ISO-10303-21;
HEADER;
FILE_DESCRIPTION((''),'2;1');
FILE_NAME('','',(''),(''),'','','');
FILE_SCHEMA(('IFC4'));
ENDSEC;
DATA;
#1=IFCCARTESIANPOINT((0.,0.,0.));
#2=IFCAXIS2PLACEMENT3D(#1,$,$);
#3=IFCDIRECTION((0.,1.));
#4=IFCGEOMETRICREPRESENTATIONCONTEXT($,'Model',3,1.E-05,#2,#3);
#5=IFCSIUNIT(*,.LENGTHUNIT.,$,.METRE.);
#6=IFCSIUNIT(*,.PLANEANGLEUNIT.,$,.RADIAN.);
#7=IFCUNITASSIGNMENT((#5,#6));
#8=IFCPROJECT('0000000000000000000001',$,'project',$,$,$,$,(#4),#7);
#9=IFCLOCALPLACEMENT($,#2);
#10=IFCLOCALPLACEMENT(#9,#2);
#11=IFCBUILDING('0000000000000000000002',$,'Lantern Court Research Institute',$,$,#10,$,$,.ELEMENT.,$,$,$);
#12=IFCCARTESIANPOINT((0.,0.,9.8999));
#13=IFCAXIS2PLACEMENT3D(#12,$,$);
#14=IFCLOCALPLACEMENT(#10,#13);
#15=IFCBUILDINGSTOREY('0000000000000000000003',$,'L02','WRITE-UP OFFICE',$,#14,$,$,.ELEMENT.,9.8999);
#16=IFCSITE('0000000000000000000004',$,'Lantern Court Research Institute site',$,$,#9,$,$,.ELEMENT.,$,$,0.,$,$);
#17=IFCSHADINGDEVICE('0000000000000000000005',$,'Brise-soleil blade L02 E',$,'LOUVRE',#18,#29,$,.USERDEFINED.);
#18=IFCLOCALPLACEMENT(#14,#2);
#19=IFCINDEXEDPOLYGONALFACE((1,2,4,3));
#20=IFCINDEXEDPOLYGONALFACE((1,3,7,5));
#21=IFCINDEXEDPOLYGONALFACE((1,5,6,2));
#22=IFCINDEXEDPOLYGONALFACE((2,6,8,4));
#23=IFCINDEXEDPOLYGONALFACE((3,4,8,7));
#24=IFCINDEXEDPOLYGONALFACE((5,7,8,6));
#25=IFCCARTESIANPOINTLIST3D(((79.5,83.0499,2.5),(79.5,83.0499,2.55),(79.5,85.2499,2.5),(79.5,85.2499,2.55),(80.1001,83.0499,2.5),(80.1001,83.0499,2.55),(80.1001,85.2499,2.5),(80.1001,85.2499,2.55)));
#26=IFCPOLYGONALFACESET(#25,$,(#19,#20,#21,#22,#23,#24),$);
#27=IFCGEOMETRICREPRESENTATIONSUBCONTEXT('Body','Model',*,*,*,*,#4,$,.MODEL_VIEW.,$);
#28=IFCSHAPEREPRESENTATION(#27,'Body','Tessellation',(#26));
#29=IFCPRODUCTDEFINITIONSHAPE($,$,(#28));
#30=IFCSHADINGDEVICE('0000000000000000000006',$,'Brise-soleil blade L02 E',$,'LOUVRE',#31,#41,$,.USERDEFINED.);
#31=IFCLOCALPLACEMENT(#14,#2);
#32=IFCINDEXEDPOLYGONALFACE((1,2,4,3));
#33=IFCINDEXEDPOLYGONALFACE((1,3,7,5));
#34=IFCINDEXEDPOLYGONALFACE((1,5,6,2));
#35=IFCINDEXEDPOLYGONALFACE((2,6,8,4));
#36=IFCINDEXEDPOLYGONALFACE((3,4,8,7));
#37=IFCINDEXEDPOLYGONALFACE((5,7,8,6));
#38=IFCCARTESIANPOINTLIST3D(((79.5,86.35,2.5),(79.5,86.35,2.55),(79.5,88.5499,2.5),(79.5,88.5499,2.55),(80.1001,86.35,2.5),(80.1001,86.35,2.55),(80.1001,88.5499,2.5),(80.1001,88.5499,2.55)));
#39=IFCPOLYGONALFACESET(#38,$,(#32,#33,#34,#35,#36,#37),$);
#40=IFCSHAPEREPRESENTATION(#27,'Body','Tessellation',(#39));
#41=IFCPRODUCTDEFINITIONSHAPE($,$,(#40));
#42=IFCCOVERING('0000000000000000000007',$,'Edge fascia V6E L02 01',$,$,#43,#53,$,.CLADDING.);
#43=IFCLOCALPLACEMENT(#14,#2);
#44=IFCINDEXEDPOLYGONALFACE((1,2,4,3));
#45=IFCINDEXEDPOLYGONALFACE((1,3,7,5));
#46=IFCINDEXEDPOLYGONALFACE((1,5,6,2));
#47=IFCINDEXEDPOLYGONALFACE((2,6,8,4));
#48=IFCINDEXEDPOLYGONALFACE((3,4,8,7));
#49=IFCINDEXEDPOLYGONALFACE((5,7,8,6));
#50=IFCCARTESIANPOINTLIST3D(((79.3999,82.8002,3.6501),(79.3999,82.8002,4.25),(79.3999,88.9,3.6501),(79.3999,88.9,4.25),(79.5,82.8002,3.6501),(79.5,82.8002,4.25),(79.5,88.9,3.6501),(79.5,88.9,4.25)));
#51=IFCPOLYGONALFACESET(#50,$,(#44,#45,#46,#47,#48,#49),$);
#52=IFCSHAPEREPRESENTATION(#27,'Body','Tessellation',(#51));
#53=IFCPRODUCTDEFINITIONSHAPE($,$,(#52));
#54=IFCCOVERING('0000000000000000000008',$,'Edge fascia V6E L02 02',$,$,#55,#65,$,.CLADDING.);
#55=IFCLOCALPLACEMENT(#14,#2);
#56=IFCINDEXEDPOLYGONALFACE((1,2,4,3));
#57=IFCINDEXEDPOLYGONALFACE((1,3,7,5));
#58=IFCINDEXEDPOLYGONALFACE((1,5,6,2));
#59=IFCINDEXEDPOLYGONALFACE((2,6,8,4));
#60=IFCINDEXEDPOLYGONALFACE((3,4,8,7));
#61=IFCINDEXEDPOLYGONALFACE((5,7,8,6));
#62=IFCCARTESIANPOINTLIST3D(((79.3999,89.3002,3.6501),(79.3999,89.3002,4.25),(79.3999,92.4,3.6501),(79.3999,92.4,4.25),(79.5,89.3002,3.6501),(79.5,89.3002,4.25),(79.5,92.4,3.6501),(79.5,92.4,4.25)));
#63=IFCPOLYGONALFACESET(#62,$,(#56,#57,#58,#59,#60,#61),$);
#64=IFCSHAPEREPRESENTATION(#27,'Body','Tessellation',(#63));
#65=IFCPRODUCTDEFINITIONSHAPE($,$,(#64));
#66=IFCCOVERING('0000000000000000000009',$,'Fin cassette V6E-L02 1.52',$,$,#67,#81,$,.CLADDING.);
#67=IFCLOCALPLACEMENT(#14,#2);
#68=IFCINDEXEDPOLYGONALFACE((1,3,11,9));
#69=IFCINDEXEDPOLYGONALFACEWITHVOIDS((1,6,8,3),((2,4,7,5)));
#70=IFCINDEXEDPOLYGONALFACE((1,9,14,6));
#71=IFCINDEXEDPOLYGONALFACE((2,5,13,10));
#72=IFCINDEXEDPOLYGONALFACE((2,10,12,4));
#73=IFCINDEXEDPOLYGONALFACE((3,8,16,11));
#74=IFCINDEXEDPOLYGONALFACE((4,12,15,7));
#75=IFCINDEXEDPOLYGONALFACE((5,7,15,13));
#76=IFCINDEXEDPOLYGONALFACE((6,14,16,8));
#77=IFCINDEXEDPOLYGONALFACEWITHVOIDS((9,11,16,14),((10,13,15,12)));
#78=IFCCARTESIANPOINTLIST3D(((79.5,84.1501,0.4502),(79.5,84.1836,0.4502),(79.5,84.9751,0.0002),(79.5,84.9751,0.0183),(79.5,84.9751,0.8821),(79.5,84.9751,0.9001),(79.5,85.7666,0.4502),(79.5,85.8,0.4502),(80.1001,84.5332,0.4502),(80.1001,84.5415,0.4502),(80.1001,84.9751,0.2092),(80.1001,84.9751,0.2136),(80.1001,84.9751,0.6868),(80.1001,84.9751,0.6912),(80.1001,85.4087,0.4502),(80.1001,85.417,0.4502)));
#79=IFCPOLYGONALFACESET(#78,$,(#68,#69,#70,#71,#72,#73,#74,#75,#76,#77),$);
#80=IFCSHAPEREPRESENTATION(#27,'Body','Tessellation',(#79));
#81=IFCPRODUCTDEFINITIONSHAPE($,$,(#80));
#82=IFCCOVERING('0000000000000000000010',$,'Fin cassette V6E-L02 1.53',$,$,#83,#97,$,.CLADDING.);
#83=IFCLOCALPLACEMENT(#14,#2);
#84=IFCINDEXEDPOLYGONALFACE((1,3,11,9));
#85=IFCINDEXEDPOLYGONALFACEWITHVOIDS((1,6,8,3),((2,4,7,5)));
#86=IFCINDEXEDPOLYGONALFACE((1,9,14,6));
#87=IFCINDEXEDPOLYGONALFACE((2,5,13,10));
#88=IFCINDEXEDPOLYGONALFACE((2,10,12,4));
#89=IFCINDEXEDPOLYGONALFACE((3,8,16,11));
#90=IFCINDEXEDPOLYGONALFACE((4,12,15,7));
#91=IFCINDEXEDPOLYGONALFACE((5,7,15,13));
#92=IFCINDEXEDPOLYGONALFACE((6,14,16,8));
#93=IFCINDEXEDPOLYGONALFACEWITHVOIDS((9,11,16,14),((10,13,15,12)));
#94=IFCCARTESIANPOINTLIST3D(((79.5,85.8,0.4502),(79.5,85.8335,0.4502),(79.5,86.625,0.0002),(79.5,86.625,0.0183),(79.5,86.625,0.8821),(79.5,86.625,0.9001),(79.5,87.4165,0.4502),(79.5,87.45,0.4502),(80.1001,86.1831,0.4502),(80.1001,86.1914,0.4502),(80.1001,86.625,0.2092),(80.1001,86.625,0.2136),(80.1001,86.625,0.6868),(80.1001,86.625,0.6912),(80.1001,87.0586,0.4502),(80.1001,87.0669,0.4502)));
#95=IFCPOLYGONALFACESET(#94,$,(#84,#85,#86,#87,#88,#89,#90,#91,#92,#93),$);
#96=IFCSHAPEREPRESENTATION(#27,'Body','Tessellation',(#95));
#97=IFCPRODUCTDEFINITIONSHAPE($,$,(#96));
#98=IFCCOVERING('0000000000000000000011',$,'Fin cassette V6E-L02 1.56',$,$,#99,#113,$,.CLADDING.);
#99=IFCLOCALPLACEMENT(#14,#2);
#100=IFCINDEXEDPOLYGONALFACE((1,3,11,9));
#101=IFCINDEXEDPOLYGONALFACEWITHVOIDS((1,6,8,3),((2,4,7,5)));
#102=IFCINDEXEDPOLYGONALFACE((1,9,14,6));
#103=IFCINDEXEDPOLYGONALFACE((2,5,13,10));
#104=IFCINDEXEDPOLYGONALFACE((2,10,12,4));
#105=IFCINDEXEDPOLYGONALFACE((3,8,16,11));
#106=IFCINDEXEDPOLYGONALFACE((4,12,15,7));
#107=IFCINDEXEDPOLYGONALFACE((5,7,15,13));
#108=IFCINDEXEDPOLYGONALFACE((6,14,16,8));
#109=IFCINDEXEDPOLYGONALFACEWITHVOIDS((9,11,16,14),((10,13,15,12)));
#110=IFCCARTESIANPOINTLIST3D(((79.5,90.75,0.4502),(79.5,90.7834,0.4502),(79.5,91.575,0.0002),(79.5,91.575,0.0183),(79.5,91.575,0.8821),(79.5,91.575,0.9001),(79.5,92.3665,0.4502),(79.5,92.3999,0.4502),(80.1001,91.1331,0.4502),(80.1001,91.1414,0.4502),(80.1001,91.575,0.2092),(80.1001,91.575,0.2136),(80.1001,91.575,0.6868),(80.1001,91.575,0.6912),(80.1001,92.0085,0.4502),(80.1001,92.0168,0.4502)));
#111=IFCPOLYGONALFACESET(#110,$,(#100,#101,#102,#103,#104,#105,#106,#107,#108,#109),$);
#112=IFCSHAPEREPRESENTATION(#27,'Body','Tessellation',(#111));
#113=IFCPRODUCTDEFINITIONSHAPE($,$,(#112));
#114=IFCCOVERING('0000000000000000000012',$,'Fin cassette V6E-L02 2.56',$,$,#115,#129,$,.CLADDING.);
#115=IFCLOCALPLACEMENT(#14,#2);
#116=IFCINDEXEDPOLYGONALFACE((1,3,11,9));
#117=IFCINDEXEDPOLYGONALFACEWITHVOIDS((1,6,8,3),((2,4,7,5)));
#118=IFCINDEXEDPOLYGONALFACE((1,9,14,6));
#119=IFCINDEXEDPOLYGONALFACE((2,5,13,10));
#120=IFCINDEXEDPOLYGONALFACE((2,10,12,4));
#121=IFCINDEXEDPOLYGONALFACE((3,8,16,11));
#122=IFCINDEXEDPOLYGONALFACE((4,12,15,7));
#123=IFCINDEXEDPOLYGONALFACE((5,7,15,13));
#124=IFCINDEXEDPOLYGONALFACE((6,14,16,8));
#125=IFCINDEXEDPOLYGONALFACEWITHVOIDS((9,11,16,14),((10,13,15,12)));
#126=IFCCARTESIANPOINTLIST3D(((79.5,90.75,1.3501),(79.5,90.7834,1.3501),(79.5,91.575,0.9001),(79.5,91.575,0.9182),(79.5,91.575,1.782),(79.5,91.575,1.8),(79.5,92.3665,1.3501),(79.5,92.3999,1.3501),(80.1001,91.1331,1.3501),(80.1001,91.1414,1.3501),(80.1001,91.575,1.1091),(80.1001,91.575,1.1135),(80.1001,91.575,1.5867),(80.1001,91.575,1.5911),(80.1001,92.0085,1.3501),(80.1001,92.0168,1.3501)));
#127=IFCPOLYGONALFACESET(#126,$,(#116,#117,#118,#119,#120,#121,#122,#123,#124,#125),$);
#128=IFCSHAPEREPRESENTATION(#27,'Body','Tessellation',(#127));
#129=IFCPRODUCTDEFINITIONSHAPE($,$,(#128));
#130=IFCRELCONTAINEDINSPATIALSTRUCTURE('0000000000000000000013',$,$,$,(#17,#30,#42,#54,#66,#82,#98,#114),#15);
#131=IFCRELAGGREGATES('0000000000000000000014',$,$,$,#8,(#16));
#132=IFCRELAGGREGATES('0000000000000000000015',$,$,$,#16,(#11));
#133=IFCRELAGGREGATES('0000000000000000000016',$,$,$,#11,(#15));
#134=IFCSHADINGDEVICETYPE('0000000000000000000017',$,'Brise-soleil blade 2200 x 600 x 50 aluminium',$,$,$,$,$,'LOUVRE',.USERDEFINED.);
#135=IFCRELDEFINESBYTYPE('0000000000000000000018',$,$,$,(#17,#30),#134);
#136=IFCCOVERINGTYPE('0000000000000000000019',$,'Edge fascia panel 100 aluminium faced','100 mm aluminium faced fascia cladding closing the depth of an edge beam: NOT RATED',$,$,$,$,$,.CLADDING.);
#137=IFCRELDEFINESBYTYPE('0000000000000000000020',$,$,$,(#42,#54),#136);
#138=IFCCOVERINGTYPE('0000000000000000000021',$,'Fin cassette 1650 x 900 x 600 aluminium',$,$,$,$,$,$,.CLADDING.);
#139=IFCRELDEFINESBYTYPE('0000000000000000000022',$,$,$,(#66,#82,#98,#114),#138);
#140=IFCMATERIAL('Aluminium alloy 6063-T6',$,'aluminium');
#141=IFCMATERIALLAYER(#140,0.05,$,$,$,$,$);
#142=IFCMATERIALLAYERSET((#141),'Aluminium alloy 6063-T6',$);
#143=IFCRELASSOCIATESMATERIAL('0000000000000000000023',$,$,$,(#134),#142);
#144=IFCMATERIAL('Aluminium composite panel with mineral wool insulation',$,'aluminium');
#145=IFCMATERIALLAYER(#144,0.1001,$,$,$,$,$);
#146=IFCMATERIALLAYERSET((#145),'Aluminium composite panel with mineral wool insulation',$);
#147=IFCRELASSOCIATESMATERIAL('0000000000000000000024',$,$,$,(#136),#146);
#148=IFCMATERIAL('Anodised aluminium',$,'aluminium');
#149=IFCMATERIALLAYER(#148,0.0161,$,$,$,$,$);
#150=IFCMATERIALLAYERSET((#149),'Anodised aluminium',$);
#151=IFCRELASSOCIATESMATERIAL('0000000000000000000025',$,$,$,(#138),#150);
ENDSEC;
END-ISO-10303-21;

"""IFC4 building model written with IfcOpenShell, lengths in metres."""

from ifc_helpers import new_model, entity, si_unit, direction, frame, frame_2d, origin, origin_2d, place, context, subcontext, project, spatial, rectangle, extrude, material, layer, layer_set, type_object, element, save


model = new_model("IFC4")

# Units and contexts
model_context = context("Model", 3, precision=1e-05, world=origin(), true_north=direction((0.0, 1.0)))
body_context = subcontext(model_context, "Body", "Model", "MODEL_VIEW")
ifc_project = project(units=[si_unit("LENGTHUNIT", "METRE"), si_unit("PLANEANGLEUNIT", "RADIAN")], contexts=[model_context])

# Site, building, storey
site_placement = place(None, origin())
site = spatial("IfcSite", under=ifc_project, at=site_placement, Name="Lantern Court Research Institute site", CompositionType="ELEMENT", RefElevation=0.0)
building_placement = place(site_placement, origin())
building = spatial("IfcBuilding", under=site, at=building_placement, Name="Lantern Court Research Institute", CompositionType="ELEMENT")
storey_placement = place(building_placement, frame((0.0, 0.0, 9.8999)))
storey = spatial("IfcBuildingStorey", under=building, at=storey_placement, Name="L02", Description="WRITE-UP OFFICE", CompositionType="ELEMENT", Elevation=9.8999)

# Shading devices
ifc_material_1 = material(Name="Aluminium alloy 6063-T6", Category="aluminium")
ifc_layer_1 = layer(ifc_material_1, 0.05)
ifc_layer_set_1 = layer_set([ifc_layer_1], Name="Aluminium alloy 6063-T6")
shading_device_type_1 = type_object("IfcShadingDeviceType", Name="Brise-soleil blade 2200 x 600 x 50 aluminium", ElementType="LOUVRE", PredefinedType="USERDEFINED", material=ifc_layer_set_1)
for number, where, z_axis, x_axis, name in (
    (1, (79.8, 84.1499, 2.5), (0.0, 0.0, 1.0), (0.0, -1.0, 0.0), "Brise-soleil blade L02 E"),
    (2, (79.8, 87.45, 2.5), (0.0, 0.0, 1.0), (0.0, -1.0, 0.0), "Brise-soleil blade L02 E"),
):
    element("IfcShadingDevice", number, at=place(storey_placement, frame(where, z_axis=z_axis, x_axis=x_axis)), inside=storey, type_object=shading_device_type_1, Name=name, ObjectType="LOUVRE", PredefinedType="USERDEFINED", context=body_context, shape_type="SweptSolid", body=[
        extrude(rectangle(XDim=2.2, YDim=0.6001, at=origin_2d()), origin(), (0.0, 0.0, 1.0), 0.05),
    ])

# Coverings
ifc_material_2 = material(Name="Aluminium composite panel with mineral wool insulation", Category="aluminium")
ifc_layer_2 = layer(ifc_material_2, 0.1001)
ifc_layer_set_2 = layer_set([ifc_layer_2], Name="Aluminium composite panel with mineral wool insulation")
covering_type_1 = type_object("IfcCoveringType", Name="Edge fascia panel 100 aluminium faced", Description="100 mm aluminium faced fascia cladding closing the depth of an edge beam: NOT RATED", PredefinedType="CLADDING", material=ifc_layer_set_2)
covering_1_placement = place(storey_placement, frame((79.45, 88.8999, 3.6501), z_axis=(0.0, 0.0, 1.0), x_axis=(0.0, -1.0, 0.0)))
element("IfcCovering", 3, at=covering_1_placement, inside=storey, type_object=covering_type_1, Name="Edge fascia V6E L02 01", PredefinedType="CLADDING", context=body_context, shape_type="SweptSolid", body=[
    extrude(rectangle(XDim=6.0999, YDim=0.1001, at=frame_2d((3.0498, 0.0))), origin(), (0.0, 0.0, 1.0), 0.5999),
])
covering_2_placement = place(storey_placement, frame((79.45, 92.3999, 3.6501), z_axis=(0.0, 0.0, 1.0), x_axis=(0.0, -1.0, 0.0)))
element("IfcCovering", 4, at=covering_2_placement, inside=storey, type_object=covering_type_1, Name="Edge fascia V6E L02 02", PredefinedType="CLADDING", context=body_context, shape_type="SweptSolid", body=[
    extrude(rectangle(XDim=3.0999, YDim=0.1001, at=frame_2d((1.5498, 0.0))), origin(), (0.0, 0.0, 1.0), 0.5999),
])
ifc_material_3 = material(Name="Anodised aluminium", Category="aluminium")
ifc_layer_3 = layer(ifc_material_3, 0.0161)
ifc_layer_set_3 = layer_set([ifc_layer_3], Name="Anodised aluminium")
covering_type_2 = type_object("IfcCoveringType", Name="Fin cassette 1650 x 900 x 600 aluminium", PredefinedType="CLADDING", material=ifc_layer_set_3)
covering_3_placement = place(storey_placement, frame((79.5, 84.9751, 0.4502), z_axis=(1.0, 0.0, 0.0), x_axis=(0.0, 1.0, 0.0)))
cartesian_point_1 = entity("IfcCartesianPoint", [0.825, 0.0])
cartesian_point_2 = entity("IfcCartesianPoint", [0.7915, 0.0])
cartesian_point_3 = entity("IfcCartesianPoint", [0.4419, 0.0])
cartesian_point_4 = entity("IfcCartesianPoint", [0.4336, 0.0])
element("IfcCovering", 5, at=covering_3_placement, inside=storey, type_object=covering_type_2, Name="Fin cassette V6E-L02 1.52", PredefinedType="CLADDING", context=body_context, shape_type="SweptSolid", body=[
    entity("IfcExtrudedAreaSolidTapered", entity("IfcArbitraryProfileDefWithVoids", "AREA", None, entity("IfcPolyline", [cartesian_point_1, entity("IfcCartesianPoint", [0.0, 0.45]), entity("IfcCartesianPoint", [-0.825, 0.0]), entity("IfcCartesianPoint", [0.0, -0.45]), cartesian_point_1]), [entity("IfcPolyline", [cartesian_point_2, entity("IfcCartesianPoint", [0.0, 0.4319]), entity("IfcCartesianPoint", [-0.7915, 0.0]), entity("IfcCartesianPoint", [0.0, -0.4319]), cartesian_point_2])]), entity("IfcAxis2Placement3D", entity("IfcCartesianPoint", [0.0, 0.0, 0.0])), entity("IfcDirection", [0.0, 0.0, 1.0]), 0.6001, entity("IfcArbitraryProfileDefWithVoids", "AREA", None, entity("IfcPolyline", [cartesian_point_3, entity("IfcCartesianPoint", [0.0, 0.241]), entity("IfcCartesianPoint", [-0.4419, 0.0]), entity("IfcCartesianPoint", [0.0, -0.241]), cartesian_point_3]), [entity("IfcPolyline", [cartesian_point_4, entity("IfcCartesianPoint", [0.0, 0.2366]), entity("IfcCartesianPoint", [-0.4336, 0.0]), entity("IfcCartesianPoint", [0.0, -0.2366]), cartesian_point_4])])),
])
covering_4_placement = place(storey_placement, frame((79.5, 86.625, 0.4502), z_axis=(1.0, 0.0, 0.0), x_axis=(0.0, 1.0, 0.0)))
cartesian_point_5 = entity("IfcCartesianPoint", [0.825, 0.0])
cartesian_point_6 = entity("IfcCartesianPoint", [0.7915, 0.0])
cartesian_point_7 = entity("IfcCartesianPoint", [0.4419, 0.0])
cartesian_point_8 = entity("IfcCartesianPoint", [0.4336, 0.0])
element("IfcCovering", 6, at=covering_4_placement, inside=storey, type_object=covering_type_2, Name="Fin cassette V6E-L02 1.53", PredefinedType="CLADDING", context=body_context, shape_type="SweptSolid", body=[
    entity("IfcExtrudedAreaSolidTapered", entity("IfcArbitraryProfileDefWithVoids", "AREA", None, entity("IfcPolyline", [cartesian_point_5, entity("IfcCartesianPoint", [0.0, 0.45]), entity("IfcCartesianPoint", [-0.825, 0.0]), entity("IfcCartesianPoint", [0.0, -0.45]), cartesian_point_5]), [entity("IfcPolyline", [cartesian_point_6, entity("IfcCartesianPoint", [0.0, 0.4319]), entity("IfcCartesianPoint", [-0.7915, 0.0]), entity("IfcCartesianPoint", [0.0, -0.4319]), cartesian_point_6])]), entity("IfcAxis2Placement3D", entity("IfcCartesianPoint", [0.0, 0.0, 0.0])), entity("IfcDirection", [0.0, 0.0, 1.0]), 0.6001, entity("IfcArbitraryProfileDefWithVoids", "AREA", None, entity("IfcPolyline", [cartesian_point_7, entity("IfcCartesianPoint", [0.0, 0.241]), entity("IfcCartesianPoint", [-0.4419, 0.0]), entity("IfcCartesianPoint", [0.0, -0.241]), cartesian_point_7]), [entity("IfcPolyline", [cartesian_point_8, entity("IfcCartesianPoint", [0.0, 0.2366]), entity("IfcCartesianPoint", [-0.4336, 0.0]), entity("IfcCartesianPoint", [0.0, -0.2366]), cartesian_point_8])])),
])
covering_5_placement = place(storey_placement, frame((79.5, 91.575, 0.4502), z_axis=(1.0, 0.0, 0.0), x_axis=(0.0, 1.0, 0.0)))
cartesian_point_9 = entity("IfcCartesianPoint", [0.825, 0.0])
cartesian_point_10 = entity("IfcCartesianPoint", [0.7915, 0.0])
cartesian_point_11 = entity("IfcCartesianPoint", [0.4419, 0.0])
cartesian_point_12 = entity("IfcCartesianPoint", [0.4336, 0.0])
element("IfcCovering", 7, at=covering_5_placement, inside=storey, type_object=covering_type_2, Name="Fin cassette V6E-L02 1.56", PredefinedType="CLADDING", context=body_context, shape_type="SweptSolid", body=[
    entity("IfcExtrudedAreaSolidTapered", entity("IfcArbitraryProfileDefWithVoids", "AREA", None, entity("IfcPolyline", [cartesian_point_9, entity("IfcCartesianPoint", [0.0, 0.45]), entity("IfcCartesianPoint", [-0.825, 0.0]), entity("IfcCartesianPoint", [0.0, -0.45]), cartesian_point_9]), [entity("IfcPolyline", [cartesian_point_10, entity("IfcCartesianPoint", [0.0, 0.4319]), entity("IfcCartesianPoint", [-0.7915, 0.0]), entity("IfcCartesianPoint", [0.0, -0.4319]), cartesian_point_10])]), entity("IfcAxis2Placement3D", entity("IfcCartesianPoint", [0.0, 0.0, 0.0])), entity("IfcDirection", [0.0, 0.0, 1.0]), 0.6001, entity("IfcArbitraryProfileDefWithVoids", "AREA", None, entity("IfcPolyline", [cartesian_point_11, entity("IfcCartesianPoint", [0.0, 0.241]), entity("IfcCartesianPoint", [-0.4419, 0.0]), entity("IfcCartesianPoint", [0.0, -0.241]), cartesian_point_11]), [entity("IfcPolyline", [cartesian_point_12, entity("IfcCartesianPoint", [0.0, 0.2366]), entity("IfcCartesianPoint", [-0.4336, 0.0]), entity("IfcCartesianPoint", [0.0, -0.2366]), cartesian_point_12])])),
])
covering_6_placement = place(storey_placement, frame((79.5, 91.575, 1.3501), z_axis=(1.0, 0.0, 0.0), x_axis=(0.0, 1.0, 0.0)))
cartesian_point_13 = entity("IfcCartesianPoint", [0.825, 0.0])
cartesian_point_14 = entity("IfcCartesianPoint", [0.7915, 0.0])
cartesian_point_15 = entity("IfcCartesianPoint", [0.4419, 0.0])
cartesian_point_16 = entity("IfcCartesianPoint", [0.4336, 0.0])
element("IfcCovering", 8, at=covering_6_placement, inside=storey, type_object=covering_type_2, Name="Fin cassette V6E-L02 2.56", PredefinedType="CLADDING", context=body_context, shape_type="SweptSolid", body=[
    entity("IfcExtrudedAreaSolidTapered", entity("IfcArbitraryProfileDefWithVoids", "AREA", None, entity("IfcPolyline", [cartesian_point_13, entity("IfcCartesianPoint", [0.0, 0.45]), entity("IfcCartesianPoint", [-0.825, 0.0]), entity("IfcCartesianPoint", [0.0, -0.45]), cartesian_point_13]), [entity("IfcPolyline", [cartesian_point_14, entity("IfcCartesianPoint", [0.0, 0.4319]), entity("IfcCartesianPoint", [-0.7915, 0.0]), entity("IfcCartesianPoint", [0.0, -0.4319]), cartesian_point_14])]), entity("IfcAxis2Placement3D", entity("IfcCartesianPoint", [0.0, 0.0, 0.0])), entity("IfcDirection", [0.0, 0.0, 1.0]), 0.6001, entity("IfcArbitraryProfileDefWithVoids", "AREA", None, entity("IfcPolyline", [cartesian_point_15, entity("IfcCartesianPoint", [0.0, 0.241]), entity("IfcCartesianPoint", [-0.4419, 0.0]), entity("IfcCartesianPoint", [0.0, -0.241]), cartesian_point_15]), [entity("IfcPolyline", [cartesian_point_16, entity("IfcCartesianPoint", [0.0, 0.2366]), entity("IfcCartesianPoint", [-0.4336, 0.0]), entity("IfcCartesianPoint", [0.0, -0.2366]), cartesian_point_16])])),
])

save(model, "model.ifc")
